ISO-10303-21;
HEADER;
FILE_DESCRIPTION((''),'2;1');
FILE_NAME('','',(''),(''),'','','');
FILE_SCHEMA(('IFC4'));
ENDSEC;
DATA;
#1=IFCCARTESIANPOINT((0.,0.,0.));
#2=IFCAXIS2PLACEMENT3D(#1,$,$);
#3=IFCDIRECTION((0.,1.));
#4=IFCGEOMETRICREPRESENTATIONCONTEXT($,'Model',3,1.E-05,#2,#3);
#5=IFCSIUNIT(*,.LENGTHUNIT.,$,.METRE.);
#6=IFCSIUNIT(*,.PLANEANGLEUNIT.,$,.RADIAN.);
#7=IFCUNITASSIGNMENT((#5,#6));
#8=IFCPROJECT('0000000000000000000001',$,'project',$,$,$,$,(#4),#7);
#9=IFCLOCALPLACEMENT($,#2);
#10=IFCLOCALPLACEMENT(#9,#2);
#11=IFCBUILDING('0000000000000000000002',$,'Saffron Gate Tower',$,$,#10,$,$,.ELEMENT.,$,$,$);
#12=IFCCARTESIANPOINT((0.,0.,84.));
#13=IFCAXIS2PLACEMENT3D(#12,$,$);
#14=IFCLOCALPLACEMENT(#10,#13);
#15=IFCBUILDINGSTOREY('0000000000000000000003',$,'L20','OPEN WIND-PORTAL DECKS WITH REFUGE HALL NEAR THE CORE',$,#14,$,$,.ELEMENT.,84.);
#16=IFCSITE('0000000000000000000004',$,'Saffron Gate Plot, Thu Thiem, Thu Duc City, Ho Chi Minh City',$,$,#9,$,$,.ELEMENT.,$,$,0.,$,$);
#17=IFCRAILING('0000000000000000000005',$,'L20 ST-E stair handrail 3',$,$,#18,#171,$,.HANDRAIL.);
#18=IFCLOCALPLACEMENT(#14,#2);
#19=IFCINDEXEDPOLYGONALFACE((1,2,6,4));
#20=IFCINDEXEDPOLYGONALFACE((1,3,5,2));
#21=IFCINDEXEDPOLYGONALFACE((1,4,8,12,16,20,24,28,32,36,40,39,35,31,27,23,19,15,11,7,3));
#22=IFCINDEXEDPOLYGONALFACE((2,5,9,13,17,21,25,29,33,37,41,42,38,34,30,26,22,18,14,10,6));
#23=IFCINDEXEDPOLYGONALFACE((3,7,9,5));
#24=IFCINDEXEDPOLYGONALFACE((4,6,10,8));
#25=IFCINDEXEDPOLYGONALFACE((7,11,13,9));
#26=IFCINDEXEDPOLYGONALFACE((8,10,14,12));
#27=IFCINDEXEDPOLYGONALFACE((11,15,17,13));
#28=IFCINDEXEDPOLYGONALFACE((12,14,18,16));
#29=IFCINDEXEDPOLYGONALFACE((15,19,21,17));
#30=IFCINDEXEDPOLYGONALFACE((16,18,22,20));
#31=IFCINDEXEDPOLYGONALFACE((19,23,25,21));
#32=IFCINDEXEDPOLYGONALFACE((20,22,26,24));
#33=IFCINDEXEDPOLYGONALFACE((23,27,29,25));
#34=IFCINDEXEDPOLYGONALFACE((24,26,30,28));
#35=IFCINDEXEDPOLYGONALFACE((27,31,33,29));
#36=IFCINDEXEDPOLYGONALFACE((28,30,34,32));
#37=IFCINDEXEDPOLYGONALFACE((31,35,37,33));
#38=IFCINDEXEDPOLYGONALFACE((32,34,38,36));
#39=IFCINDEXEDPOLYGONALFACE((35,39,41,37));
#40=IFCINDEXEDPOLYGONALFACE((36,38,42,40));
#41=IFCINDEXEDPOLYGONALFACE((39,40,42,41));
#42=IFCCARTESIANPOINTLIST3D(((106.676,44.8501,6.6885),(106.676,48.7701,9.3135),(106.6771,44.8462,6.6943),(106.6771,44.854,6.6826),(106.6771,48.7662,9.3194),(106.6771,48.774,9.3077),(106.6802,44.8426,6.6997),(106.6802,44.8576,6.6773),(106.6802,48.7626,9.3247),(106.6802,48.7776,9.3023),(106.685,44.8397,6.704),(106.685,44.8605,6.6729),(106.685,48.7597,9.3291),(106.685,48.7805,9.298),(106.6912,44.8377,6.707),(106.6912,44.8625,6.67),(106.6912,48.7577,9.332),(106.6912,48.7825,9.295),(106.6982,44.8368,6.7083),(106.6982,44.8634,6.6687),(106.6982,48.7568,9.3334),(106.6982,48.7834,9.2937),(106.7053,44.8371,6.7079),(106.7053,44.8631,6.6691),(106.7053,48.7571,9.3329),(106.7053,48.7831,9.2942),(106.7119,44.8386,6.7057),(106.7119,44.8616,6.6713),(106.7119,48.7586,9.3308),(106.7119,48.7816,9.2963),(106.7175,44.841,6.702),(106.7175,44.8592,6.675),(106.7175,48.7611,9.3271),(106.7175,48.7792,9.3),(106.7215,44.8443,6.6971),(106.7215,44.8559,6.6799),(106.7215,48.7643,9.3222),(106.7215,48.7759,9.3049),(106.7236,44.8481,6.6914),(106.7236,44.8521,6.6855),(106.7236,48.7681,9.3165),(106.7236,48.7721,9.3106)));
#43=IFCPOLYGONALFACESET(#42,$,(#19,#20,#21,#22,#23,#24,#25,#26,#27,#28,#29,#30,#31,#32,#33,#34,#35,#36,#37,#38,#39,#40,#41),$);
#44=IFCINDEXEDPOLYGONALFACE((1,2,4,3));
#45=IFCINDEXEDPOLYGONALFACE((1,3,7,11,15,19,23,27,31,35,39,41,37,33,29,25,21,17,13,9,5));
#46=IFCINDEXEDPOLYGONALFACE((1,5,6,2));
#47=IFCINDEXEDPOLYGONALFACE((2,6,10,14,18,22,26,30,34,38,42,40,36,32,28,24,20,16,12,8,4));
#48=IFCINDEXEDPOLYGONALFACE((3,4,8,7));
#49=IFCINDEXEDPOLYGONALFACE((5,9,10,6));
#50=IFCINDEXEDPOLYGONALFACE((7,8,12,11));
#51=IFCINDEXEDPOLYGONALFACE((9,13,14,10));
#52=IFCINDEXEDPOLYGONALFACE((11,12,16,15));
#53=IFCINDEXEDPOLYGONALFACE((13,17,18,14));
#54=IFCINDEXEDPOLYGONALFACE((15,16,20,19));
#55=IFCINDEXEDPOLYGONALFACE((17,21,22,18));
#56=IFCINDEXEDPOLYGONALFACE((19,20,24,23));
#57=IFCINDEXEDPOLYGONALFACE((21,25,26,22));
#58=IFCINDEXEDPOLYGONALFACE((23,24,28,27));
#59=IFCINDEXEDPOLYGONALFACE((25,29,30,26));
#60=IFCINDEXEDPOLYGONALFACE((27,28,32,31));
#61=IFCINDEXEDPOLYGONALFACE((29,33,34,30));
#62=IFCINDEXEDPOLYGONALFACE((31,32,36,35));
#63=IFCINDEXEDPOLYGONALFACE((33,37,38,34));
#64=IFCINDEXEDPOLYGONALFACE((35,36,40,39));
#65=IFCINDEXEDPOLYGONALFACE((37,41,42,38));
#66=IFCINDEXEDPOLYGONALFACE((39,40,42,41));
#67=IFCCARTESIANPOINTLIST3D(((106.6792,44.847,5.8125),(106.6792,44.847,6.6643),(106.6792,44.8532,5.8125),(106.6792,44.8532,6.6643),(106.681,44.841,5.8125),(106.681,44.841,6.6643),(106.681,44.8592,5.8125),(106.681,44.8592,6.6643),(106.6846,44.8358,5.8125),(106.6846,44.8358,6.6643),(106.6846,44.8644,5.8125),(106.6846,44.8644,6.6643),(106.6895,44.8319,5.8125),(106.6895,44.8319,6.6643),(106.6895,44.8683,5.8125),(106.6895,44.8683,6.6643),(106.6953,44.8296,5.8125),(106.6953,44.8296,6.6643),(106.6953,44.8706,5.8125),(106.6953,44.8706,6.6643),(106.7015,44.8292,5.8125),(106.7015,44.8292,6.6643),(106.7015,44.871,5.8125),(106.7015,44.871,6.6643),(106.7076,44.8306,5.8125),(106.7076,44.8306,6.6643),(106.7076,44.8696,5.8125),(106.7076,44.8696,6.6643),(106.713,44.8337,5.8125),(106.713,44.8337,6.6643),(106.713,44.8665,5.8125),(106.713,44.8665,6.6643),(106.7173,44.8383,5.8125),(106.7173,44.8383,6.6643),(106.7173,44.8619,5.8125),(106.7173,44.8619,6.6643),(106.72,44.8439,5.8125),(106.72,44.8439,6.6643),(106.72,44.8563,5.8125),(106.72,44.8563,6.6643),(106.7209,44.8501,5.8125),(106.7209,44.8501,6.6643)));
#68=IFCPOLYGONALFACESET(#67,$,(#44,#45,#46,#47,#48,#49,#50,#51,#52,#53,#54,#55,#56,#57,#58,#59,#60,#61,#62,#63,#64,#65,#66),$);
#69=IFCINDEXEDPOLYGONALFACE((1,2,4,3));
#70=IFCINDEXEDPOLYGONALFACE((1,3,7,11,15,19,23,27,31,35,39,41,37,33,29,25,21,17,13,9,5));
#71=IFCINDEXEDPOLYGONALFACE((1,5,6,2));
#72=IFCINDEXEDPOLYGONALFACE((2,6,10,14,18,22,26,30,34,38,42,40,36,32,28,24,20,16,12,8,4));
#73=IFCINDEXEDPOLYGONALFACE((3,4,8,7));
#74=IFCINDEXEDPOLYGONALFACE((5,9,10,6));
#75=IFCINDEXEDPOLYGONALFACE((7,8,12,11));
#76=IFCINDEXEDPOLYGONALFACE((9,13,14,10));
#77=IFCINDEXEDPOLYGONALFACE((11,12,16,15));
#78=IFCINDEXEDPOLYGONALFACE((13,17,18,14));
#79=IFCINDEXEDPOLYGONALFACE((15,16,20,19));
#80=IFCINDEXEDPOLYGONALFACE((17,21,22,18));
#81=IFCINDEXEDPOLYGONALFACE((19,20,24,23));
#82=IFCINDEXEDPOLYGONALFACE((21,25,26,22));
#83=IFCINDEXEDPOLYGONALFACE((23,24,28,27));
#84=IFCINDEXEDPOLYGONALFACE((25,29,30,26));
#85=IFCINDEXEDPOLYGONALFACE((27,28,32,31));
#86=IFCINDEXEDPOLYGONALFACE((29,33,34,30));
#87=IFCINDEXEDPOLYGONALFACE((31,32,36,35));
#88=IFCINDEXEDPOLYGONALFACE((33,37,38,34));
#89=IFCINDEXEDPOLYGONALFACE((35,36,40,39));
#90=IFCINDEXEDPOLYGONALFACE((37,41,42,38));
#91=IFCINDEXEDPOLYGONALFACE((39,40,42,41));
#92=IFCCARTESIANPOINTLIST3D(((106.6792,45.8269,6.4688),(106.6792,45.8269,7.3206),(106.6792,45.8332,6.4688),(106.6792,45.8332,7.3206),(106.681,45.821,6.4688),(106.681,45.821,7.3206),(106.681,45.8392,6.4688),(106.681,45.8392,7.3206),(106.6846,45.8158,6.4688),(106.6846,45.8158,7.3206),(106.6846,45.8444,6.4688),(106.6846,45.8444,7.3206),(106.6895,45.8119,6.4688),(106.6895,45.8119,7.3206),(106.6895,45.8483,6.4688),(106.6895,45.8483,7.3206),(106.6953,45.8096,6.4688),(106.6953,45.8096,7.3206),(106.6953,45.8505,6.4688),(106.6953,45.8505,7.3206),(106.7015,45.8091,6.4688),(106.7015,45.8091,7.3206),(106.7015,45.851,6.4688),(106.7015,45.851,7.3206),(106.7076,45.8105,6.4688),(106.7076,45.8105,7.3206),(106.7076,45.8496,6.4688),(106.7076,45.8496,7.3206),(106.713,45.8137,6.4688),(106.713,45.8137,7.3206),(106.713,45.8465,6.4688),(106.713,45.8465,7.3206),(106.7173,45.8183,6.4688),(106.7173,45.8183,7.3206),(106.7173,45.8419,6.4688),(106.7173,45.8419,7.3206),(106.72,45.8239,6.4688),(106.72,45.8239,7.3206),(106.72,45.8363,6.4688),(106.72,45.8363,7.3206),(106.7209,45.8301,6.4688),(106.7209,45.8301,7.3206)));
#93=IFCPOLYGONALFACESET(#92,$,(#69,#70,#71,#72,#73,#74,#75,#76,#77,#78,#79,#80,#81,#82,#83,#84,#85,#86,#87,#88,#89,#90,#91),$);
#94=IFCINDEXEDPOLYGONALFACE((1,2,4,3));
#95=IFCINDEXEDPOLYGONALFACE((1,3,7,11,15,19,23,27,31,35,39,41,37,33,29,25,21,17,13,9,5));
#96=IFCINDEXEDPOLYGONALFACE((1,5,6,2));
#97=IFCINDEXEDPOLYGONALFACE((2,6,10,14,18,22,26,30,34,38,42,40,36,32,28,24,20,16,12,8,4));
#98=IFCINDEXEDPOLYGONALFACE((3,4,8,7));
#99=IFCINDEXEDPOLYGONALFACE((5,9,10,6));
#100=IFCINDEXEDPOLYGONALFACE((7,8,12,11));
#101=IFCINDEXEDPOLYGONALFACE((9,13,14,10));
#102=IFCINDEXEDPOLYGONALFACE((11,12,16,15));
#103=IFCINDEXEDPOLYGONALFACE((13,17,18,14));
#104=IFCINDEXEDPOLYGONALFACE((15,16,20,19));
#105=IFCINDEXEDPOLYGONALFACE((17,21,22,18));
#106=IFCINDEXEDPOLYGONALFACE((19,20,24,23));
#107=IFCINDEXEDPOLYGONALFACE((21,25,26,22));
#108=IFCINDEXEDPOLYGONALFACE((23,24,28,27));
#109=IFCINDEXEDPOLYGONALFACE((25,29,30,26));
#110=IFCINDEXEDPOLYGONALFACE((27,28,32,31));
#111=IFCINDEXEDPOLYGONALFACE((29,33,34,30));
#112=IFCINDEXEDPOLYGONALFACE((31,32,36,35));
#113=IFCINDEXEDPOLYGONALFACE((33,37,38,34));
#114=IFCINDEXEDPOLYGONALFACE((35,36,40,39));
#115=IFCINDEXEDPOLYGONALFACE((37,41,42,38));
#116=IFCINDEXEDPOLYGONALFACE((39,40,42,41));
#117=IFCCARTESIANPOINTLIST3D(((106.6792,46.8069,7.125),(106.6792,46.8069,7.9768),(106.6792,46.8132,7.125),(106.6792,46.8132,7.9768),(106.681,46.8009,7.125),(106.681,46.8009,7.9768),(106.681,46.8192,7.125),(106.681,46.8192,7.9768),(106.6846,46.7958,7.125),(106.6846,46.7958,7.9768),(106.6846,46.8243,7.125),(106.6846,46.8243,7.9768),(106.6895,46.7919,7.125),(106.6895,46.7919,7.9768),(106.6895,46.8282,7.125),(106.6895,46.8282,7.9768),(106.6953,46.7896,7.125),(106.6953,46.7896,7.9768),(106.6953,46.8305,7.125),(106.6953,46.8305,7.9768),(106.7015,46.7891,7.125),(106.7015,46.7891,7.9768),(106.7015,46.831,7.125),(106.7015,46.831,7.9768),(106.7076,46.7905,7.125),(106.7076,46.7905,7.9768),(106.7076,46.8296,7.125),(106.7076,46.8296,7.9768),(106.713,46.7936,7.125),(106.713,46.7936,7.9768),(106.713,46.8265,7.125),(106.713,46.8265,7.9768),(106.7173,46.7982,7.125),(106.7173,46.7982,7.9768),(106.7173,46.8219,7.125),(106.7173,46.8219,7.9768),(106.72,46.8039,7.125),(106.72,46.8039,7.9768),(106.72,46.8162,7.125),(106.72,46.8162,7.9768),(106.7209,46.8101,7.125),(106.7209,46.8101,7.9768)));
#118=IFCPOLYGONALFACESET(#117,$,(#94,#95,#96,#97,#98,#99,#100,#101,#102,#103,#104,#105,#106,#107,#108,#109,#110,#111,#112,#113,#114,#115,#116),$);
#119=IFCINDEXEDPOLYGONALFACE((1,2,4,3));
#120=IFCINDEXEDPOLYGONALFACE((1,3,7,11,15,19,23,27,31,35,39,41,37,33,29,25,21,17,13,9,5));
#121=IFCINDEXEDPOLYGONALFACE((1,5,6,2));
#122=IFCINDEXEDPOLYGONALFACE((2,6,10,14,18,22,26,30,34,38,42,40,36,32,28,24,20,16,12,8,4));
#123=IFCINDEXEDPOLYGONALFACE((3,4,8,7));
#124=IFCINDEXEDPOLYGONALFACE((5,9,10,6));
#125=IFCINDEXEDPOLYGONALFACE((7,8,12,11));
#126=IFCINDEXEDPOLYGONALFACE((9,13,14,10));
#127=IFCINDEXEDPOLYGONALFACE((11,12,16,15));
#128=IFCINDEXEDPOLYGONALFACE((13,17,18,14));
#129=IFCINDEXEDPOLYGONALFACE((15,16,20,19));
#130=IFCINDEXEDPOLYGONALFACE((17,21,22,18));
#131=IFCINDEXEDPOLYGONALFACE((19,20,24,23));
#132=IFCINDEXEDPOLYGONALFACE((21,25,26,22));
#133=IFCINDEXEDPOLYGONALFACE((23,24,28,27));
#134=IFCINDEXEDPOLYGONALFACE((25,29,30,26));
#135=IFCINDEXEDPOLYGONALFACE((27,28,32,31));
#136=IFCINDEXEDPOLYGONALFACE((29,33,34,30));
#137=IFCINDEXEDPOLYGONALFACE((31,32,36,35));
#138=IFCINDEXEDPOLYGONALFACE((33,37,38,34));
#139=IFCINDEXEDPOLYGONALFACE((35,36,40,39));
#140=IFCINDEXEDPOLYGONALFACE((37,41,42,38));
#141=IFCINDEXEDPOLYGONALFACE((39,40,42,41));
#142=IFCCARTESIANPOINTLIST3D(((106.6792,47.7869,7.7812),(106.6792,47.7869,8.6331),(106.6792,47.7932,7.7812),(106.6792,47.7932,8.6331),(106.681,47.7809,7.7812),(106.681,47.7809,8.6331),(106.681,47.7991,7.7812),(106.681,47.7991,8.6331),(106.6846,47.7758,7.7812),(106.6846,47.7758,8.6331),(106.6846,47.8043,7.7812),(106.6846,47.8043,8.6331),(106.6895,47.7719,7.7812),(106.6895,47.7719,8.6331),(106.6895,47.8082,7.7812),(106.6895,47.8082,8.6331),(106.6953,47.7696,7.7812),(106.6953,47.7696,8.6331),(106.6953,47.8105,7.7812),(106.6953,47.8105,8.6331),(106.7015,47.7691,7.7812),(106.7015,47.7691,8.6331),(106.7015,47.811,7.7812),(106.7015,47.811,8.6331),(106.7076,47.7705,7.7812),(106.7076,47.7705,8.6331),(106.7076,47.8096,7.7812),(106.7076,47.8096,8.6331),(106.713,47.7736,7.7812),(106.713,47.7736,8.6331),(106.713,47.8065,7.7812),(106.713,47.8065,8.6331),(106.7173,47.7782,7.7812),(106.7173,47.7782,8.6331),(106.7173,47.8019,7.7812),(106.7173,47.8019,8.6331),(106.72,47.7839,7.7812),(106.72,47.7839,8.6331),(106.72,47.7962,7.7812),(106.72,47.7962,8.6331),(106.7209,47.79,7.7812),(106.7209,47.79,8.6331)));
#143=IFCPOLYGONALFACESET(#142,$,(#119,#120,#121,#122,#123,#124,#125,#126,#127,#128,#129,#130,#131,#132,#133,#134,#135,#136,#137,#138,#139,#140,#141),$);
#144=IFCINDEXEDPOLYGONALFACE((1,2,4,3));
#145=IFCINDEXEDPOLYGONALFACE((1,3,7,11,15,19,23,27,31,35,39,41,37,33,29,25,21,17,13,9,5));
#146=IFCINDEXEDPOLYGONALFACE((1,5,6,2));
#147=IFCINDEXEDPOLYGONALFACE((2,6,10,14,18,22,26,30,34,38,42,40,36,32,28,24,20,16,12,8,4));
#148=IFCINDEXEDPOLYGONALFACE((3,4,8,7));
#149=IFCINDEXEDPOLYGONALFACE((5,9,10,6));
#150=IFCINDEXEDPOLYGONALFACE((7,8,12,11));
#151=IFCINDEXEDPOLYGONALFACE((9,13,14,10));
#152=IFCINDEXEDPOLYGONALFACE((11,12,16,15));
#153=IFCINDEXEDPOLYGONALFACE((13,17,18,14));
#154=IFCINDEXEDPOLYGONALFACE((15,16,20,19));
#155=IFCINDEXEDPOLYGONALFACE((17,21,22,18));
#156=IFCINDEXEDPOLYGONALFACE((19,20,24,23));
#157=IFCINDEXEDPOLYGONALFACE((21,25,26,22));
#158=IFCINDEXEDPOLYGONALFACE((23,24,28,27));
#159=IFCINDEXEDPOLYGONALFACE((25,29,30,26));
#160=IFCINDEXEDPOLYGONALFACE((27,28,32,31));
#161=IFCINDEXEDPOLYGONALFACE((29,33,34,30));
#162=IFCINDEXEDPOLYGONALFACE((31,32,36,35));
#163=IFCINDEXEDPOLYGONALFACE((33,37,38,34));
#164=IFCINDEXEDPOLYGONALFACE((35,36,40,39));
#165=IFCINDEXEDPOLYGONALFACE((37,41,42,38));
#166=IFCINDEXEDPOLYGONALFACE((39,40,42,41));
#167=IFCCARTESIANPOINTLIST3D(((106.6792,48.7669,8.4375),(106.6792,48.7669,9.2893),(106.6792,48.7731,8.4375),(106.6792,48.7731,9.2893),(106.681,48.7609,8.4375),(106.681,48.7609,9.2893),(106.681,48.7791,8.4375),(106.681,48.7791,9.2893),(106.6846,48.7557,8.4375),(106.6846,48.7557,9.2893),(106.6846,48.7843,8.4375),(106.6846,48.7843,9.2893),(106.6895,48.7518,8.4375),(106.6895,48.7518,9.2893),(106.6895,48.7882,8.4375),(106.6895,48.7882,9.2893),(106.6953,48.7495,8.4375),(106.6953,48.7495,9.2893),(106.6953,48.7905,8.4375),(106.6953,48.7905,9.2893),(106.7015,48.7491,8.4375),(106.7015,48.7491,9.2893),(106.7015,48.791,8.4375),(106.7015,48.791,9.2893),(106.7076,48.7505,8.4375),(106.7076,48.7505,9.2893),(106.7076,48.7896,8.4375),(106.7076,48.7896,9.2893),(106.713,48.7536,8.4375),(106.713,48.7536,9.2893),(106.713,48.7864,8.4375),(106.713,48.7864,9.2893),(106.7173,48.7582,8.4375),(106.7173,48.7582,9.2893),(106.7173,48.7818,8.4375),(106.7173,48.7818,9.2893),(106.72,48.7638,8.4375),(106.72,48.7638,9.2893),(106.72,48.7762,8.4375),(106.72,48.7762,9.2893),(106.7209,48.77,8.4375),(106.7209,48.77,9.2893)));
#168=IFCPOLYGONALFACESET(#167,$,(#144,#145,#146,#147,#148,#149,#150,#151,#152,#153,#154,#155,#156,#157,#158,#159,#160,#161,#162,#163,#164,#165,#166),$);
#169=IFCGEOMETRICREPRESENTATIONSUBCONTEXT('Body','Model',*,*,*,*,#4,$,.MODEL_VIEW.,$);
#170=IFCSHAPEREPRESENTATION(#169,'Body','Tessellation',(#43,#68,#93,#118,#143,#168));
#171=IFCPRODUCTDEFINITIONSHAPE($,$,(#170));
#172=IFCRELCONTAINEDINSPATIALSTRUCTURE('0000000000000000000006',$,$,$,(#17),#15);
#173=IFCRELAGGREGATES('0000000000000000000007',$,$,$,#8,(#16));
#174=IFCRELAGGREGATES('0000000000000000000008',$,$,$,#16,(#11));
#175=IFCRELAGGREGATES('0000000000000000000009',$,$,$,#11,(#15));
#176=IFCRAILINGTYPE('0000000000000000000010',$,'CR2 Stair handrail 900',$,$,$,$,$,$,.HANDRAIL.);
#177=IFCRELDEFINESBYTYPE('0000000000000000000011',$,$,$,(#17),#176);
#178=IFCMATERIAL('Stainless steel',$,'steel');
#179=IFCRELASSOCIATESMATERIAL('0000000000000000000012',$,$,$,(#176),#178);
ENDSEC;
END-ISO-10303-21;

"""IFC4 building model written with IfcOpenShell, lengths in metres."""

from ifc_helpers import new_model, si_unit, direction, frame, origin, origin_2d, place, context, subcontext, project, spatial, circle, extrude, material, type_object, element, save


model = new_model("IFC4")

# Units and contexts
model_context = context("Model", 3, precision=1e-05, world=origin(), true_north=direction((0.0, 1.0)))
body_context = subcontext(model_context, "Body", "Model", "MODEL_VIEW")
ifc_project = project(units=[si_unit("LENGTHUNIT", "METRE"), si_unit("PLANEANGLEUNIT", "RADIAN")], contexts=[model_context])

# Site, building, storey
site_placement = place(None, origin())
site = spatial("IfcSite", under=ifc_project, at=site_placement, Name="Saffron Gate Plot, Thu Thiem, Thu Duc City, Ho Chi Minh City", CompositionType="ELEMENT", RefElevation=0.0)
building_placement = place(site_placement, origin())
building = spatial("IfcBuilding", under=site, at=building_placement, Name="Saffron Gate Tower", CompositionType="ELEMENT")
storey_placement = place(building_placement, frame((0.0, 0.0, 84.0)))
storey = spatial("IfcBuildingStorey", under=building, at=storey_placement, Name="L20", Description="OPEN WIND-PORTAL DECKS WITH REFUGE HALL NEAR THE CORE", CompositionType="ELEMENT", Elevation=84.0)

# Railing
ifc_material_1 = material(Name="Stainless steel", Category="steel")
railing_type_1 = type_object("IfcRailingType", Name="CR2 Stair handrail 900", PredefinedType="HANDRAIL", material=ifc_material_1)
railing_1_placement = place(storey_placement, frame((106.7, 44.8501, 5.8125)))
element("IfcRailing", 1, at=railing_1_placement, inside=storey, type_object=railing_type_1, Name="L20 ST-E stair handrail 3", PredefinedType="HANDRAIL", context=body_context, shape_type="SweptSolid", body=[
    extrude(circle(Radius=0.0239, at=origin_2d()), frame((0.0, 0.0, 0.876), z_axis=(0.0, 0.830902, 0.556419), x_axis=(-1.0, 0.0, 0.0)), (0.0, 0.0, 1.0), 4.7178),
    extrude(circle(Radius=0.021, at=origin_2d()), origin(), (0.0, 0.0, 1.0), 0.8518),
    extrude(circle(Radius=0.021, at=origin_2d()), frame((0.0, 0.98, 0.6562)), (0.0, 0.0, 1.0), 0.8518),
    extrude(circle(Radius=0.021, at=origin_2d()), frame((0.0, 1.96, 1.3125)), (0.0, 0.0, 1.0), 0.8518),
    extrude(circle(Radius=0.021, at=origin_2d()), frame((0.0, 2.9399, 1.9688)), (0.0, 0.0, 1.0), 0.8518),
    extrude(circle(Radius=0.021, at=origin_2d()), frame((0.0, 3.9199, 2.625)), (0.0, 0.0, 1.0), 0.8518),
])

save(model, "model.ifc")
